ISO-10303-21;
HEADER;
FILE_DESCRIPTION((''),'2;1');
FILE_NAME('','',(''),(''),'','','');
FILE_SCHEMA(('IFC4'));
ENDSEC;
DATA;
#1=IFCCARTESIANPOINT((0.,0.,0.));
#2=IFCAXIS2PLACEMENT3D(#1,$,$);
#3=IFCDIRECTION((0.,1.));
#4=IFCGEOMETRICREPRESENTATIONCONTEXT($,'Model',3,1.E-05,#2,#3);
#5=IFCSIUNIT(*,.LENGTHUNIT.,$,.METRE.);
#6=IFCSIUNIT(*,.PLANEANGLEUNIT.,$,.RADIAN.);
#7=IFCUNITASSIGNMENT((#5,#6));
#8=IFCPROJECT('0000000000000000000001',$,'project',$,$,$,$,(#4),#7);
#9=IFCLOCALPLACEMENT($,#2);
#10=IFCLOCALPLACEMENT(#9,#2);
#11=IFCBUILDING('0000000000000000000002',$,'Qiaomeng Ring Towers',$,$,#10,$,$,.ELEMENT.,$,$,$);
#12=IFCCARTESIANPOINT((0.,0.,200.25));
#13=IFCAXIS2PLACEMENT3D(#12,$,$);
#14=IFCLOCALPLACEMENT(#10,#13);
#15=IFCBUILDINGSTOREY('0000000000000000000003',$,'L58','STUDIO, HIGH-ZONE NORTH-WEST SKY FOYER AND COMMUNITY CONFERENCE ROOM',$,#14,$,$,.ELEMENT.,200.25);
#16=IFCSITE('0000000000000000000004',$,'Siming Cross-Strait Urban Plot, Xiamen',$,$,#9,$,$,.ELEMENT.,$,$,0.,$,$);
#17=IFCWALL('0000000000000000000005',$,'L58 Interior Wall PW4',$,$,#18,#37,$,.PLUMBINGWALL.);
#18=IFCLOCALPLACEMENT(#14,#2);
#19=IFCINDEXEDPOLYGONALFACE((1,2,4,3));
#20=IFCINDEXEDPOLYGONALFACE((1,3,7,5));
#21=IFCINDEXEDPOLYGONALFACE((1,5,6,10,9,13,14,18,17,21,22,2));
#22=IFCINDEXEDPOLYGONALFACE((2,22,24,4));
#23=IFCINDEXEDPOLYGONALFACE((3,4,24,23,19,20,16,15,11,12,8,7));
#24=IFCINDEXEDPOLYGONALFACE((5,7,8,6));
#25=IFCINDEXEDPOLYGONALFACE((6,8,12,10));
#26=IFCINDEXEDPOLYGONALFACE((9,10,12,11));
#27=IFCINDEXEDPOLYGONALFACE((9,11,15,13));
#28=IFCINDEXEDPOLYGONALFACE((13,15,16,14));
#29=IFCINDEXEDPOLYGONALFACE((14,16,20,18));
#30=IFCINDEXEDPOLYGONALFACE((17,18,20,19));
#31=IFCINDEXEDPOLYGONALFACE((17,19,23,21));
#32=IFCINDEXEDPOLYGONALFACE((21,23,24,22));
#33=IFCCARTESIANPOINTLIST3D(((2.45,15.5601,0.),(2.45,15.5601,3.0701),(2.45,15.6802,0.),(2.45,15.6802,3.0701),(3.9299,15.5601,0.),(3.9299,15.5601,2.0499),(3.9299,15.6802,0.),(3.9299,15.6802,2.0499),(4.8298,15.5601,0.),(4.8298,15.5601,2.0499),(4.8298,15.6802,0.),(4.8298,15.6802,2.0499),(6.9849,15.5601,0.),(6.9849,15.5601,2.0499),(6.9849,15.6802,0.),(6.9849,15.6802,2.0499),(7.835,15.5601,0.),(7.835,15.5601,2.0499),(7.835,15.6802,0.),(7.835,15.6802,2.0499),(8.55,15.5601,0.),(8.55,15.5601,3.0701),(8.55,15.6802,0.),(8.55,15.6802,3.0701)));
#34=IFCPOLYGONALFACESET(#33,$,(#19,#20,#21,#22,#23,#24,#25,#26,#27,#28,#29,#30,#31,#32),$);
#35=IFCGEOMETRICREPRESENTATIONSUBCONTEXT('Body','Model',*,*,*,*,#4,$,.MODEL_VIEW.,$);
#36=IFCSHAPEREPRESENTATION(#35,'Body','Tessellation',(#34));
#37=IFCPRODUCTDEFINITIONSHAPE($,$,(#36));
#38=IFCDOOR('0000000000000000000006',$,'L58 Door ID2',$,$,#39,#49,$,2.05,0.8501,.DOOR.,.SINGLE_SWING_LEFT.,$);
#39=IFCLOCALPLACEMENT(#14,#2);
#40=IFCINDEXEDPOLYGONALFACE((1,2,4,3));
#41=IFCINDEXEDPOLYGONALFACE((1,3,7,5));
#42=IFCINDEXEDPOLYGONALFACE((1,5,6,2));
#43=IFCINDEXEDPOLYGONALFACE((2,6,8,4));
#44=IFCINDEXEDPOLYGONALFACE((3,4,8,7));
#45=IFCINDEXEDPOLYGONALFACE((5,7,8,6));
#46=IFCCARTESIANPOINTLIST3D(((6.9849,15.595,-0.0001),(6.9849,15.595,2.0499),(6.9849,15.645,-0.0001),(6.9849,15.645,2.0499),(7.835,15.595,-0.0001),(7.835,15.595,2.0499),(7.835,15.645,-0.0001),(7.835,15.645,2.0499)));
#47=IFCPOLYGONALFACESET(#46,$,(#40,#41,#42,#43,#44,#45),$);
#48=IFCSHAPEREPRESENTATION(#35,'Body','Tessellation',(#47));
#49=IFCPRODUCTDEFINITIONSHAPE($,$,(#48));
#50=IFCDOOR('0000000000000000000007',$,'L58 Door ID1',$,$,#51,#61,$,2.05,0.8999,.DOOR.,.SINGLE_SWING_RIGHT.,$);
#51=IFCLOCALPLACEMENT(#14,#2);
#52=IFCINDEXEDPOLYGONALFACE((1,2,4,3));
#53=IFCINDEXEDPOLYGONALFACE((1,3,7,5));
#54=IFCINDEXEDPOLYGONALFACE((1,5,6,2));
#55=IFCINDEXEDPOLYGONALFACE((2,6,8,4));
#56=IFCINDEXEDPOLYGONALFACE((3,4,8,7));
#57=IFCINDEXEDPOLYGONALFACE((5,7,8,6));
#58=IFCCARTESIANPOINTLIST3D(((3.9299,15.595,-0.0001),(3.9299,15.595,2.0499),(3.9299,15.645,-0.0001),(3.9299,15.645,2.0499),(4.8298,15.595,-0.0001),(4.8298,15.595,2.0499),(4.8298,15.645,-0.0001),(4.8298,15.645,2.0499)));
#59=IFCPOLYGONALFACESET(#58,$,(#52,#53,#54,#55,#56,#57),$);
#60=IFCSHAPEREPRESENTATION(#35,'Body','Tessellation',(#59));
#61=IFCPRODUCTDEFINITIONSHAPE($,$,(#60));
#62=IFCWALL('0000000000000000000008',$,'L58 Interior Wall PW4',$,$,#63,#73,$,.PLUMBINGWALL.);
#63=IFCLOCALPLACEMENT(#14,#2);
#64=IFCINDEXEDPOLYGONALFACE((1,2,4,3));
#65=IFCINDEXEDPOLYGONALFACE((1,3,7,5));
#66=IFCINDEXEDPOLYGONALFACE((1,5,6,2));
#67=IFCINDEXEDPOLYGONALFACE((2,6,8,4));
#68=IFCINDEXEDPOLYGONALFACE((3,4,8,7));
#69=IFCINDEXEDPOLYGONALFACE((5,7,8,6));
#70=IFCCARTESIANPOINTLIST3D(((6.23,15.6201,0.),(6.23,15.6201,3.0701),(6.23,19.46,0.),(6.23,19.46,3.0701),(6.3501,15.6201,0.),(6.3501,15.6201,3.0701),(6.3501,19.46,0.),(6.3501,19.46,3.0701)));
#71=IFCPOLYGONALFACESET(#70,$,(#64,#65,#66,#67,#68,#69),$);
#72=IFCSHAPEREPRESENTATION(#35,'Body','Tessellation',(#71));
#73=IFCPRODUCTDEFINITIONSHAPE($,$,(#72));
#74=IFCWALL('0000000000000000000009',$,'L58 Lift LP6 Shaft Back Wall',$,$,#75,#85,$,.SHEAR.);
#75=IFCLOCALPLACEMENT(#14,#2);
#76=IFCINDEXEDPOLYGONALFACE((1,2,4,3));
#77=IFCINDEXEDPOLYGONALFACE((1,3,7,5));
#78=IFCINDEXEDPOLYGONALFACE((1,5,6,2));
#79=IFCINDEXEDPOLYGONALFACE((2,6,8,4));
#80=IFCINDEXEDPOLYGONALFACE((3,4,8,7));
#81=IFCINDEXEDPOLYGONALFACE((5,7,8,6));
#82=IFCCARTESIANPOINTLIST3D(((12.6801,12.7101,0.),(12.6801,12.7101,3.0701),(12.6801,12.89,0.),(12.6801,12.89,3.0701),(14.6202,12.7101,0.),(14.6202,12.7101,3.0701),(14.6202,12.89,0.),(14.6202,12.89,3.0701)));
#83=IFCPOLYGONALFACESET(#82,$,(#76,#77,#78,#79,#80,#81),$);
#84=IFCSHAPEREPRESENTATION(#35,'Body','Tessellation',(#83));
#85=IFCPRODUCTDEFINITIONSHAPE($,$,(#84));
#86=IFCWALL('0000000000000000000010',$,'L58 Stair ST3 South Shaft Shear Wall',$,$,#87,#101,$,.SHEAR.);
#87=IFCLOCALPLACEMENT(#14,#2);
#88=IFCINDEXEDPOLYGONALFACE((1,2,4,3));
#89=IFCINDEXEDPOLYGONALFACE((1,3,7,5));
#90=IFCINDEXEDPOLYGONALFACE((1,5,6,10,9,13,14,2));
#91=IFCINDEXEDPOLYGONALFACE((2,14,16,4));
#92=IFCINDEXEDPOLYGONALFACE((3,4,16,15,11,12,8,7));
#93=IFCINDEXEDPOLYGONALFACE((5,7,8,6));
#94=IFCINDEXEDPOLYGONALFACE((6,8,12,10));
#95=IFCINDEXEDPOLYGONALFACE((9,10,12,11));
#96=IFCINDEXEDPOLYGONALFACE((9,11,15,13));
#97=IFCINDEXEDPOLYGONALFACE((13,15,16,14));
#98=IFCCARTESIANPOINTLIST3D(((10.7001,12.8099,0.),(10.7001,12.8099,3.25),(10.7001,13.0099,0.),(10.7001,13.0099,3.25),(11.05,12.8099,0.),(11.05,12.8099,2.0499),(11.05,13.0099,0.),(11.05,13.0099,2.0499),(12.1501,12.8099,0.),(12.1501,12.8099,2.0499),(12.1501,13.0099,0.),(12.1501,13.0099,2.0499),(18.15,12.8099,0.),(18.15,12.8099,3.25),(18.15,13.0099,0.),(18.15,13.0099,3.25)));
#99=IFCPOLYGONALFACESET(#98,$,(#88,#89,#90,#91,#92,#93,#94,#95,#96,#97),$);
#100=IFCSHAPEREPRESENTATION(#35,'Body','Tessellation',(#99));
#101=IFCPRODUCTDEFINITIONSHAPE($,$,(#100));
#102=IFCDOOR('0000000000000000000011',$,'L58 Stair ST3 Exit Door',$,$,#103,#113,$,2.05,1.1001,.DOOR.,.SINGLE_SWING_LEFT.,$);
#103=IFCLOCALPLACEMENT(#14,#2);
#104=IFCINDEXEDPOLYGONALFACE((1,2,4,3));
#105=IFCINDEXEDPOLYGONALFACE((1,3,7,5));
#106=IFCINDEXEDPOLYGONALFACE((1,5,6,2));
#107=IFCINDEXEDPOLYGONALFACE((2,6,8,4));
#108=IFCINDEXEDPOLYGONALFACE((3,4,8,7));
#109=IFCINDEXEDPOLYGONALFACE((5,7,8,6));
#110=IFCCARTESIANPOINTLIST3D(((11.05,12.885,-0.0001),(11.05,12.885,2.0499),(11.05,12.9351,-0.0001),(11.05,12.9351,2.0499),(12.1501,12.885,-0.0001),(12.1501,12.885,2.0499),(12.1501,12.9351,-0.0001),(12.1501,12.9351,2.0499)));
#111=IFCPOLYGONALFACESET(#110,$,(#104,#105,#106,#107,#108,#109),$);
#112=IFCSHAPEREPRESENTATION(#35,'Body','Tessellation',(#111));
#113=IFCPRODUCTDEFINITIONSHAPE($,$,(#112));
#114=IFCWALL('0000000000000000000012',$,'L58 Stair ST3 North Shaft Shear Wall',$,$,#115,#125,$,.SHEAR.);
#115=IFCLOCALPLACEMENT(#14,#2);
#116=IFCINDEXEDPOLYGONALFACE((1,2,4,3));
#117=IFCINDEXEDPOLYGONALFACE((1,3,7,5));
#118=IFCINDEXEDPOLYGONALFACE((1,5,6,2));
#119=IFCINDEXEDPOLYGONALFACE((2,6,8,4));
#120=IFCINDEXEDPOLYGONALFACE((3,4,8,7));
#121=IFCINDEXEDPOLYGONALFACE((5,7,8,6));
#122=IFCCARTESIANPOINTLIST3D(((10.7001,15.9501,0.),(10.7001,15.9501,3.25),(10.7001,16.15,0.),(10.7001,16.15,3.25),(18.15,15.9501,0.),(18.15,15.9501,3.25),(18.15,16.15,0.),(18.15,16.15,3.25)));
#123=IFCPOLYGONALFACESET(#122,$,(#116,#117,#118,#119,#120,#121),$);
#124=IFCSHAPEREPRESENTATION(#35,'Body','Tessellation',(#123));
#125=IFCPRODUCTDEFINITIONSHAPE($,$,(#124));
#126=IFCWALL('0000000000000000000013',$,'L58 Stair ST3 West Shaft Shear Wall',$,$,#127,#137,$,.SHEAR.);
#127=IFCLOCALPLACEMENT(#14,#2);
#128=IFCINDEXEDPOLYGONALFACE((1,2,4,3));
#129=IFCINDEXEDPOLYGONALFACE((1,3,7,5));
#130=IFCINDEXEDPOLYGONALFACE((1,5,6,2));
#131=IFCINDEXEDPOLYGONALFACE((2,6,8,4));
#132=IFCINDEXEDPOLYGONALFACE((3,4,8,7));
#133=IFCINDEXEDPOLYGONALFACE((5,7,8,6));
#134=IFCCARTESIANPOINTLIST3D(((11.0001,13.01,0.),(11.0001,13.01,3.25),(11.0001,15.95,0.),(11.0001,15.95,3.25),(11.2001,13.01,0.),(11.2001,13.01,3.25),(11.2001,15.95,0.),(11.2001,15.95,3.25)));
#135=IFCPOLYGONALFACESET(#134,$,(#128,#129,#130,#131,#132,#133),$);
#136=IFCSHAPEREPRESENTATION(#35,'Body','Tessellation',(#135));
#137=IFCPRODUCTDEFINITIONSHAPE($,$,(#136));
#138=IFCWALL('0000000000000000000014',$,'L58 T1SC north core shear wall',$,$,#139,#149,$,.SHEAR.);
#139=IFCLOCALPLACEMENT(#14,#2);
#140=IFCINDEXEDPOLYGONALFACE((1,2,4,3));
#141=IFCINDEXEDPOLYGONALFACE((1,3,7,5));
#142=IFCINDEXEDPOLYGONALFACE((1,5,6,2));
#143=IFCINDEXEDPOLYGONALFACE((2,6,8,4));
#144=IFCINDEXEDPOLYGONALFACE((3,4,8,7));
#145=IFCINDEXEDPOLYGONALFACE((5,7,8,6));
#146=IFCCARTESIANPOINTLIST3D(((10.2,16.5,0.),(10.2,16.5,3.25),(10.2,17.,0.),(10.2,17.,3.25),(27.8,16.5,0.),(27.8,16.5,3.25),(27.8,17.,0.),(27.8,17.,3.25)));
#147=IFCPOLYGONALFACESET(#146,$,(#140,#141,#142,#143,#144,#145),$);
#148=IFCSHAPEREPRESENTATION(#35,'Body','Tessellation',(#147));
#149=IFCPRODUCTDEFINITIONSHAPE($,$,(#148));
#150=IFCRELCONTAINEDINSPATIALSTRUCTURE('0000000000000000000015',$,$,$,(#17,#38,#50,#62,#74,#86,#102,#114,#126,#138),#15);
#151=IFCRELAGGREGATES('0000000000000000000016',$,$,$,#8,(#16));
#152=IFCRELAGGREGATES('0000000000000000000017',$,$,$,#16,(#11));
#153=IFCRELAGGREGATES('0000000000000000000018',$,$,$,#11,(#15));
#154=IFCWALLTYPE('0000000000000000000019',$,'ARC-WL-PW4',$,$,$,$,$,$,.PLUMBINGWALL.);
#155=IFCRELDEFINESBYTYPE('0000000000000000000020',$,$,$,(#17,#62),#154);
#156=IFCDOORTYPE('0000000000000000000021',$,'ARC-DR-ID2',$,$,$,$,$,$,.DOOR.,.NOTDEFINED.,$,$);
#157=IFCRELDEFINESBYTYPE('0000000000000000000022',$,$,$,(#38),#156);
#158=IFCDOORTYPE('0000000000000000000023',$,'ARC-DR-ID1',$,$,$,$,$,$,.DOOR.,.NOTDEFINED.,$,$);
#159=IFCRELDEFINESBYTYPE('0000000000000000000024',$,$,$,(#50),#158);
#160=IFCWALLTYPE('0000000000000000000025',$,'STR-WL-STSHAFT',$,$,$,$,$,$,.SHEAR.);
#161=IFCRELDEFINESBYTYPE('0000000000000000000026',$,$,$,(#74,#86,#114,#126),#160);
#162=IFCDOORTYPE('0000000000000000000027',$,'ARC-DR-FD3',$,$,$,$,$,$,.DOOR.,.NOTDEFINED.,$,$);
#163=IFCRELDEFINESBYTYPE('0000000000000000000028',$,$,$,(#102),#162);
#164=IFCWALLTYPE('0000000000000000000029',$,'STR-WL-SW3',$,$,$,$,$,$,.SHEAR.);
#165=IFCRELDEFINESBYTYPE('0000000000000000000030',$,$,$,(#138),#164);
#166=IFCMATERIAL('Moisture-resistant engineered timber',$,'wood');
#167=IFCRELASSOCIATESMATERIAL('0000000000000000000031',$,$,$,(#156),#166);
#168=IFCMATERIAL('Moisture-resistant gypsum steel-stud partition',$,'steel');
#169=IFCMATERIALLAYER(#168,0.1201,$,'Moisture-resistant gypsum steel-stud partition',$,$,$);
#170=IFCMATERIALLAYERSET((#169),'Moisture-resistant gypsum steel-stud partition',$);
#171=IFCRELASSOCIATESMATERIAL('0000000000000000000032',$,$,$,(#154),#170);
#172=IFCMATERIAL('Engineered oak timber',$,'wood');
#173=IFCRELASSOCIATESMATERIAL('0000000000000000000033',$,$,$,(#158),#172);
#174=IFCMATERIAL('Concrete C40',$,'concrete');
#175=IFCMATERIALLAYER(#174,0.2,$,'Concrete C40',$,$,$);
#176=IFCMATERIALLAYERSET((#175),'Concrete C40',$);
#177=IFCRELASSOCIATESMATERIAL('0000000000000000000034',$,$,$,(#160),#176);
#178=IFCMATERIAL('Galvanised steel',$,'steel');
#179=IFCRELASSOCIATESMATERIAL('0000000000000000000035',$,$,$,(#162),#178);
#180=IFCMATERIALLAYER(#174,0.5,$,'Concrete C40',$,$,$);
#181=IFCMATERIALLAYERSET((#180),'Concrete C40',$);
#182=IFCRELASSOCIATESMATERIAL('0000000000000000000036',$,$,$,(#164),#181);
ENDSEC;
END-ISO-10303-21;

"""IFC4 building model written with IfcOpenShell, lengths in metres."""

from ifc_helpers import new_model, si_unit, direction, frame, frame_2d, origin, place, context, subcontext, project, spatial, rectangle, extrude, source, transform, mapped, material, layer, layer_set, type_object, element, fill, save


model = new_model("IFC4")

# Units and contexts
model_context = context("Model", 3, precision=1e-05, world=origin(), true_north=direction((0.0, 1.0)))
body_context = subcontext(model_context, "Body", "Model", "MODEL_VIEW")
ifc_project = project(units=[si_unit("LENGTHUNIT", "METRE"), si_unit("PLANEANGLEUNIT", "RADIAN")], contexts=[model_context])

# Site, building, storey
site_placement = place(None, origin())
site = spatial("IfcSite", under=ifc_project, at=site_placement, Name="Siming Cross-Strait Urban Plot, Xiamen", CompositionType="ELEMENT", RefElevation=0.0)
building_placement = place(site_placement, origin())
building = spatial("IfcBuilding", under=site, at=building_placement, Name="Qiaomeng Ring Towers", CompositionType="ELEMENT")
storey_placement = place(building_placement, frame((0.0, 0.0, 200.25)))
storey = spatial("IfcBuildingStorey", under=building, at=storey_placement, Name="L58", Description="STUDIO, HIGH-ZONE NORTH-WEST SKY FOYER AND COMMUNITY CONFERENCE ROOM", CompositionType="ELEMENT", Elevation=200.25)

# Shared definitions
ifc_material_1 = material(Name="Concrete C40", Category="concrete")

# Shared definitions
ifc_material_2 = material(Name="Moisture-resistant engineered timber", Category="wood")
door_type_1 = type_object("IfcDoorType", Name="ARC-DR-ID2", OperationType="NOTDEFINED", PredefinedType="DOOR", material=ifc_material_2)
shared_shape_1 = source(origin(), body_context, "Body", "SweptSolid", [
    extrude(rectangle(XDim=0.8501, YDim=2.05, at=frame_2d((0.425, 1.0249))), frame((0.0, 0.0249, 0.0), z_axis=(0.0, -1.0, 0.0), x_axis=(1.0, 0.0, 0.0)), (0.0, 0.0, 1.0), 0.05),
])

# Wall, openings, doors
ifc_material_3 = material(Name="Moisture-resistant gypsum steel-stud partition", Category="steel")
ifc_layer_1 = layer(ifc_material_3, 0.1201, Name="Moisture-resistant gypsum steel-stud partition")
ifc_layer_set_1 = layer_set([ifc_layer_1], Name="Moisture-resistant gypsum steel-stud partition")
wall_type_1 = type_object("IfcWallType", Name="ARC-WL-PW4", PredefinedType="PLUMBINGWALL", material=ifc_layer_set_1)
wall_1_placement = place(storey_placement, frame((2.45, 15.6201, 0.0), z_axis=(0.0, 0.0, 1.0), x_axis=(1.0, 0.0, 0.0)))
wall_1 = element("IfcWall", 1, at=wall_1_placement, inside=storey, type_object=wall_type_1, Name="L58 Interior Wall PW4", PredefinedType="PLUMBINGWALL", context=body_context, shape_type="SweptSolid", body=[
    extrude(rectangle(XDim=6.1001, YDim=0.1201, at=frame_2d((3.05, 0.0))), origin(), (0.0, 0.0, 1.0), 3.0701),
])
opening_1_placement = place(wall_1_placement, frame((1.48, 0.0, 0.0)))
opening_1 = element("IfcOpeningElement", 2, at=opening_1_placement, cuts=wall_1, PredefinedType="OPENING", context=body_context, shape_type="SweptSolid", body=[
    extrude(rectangle(XDim=0.8999, YDim=2.05, at=frame_2d((0.45, 1.0249))), frame((0.0, 0.0701, 0.0), z_axis=(0.0, -1.0, 0.0), x_axis=(1.0, 0.0, 0.0)), (0.0, 0.0, 1.0), 0.1401),
])
opening_2_placement = place(wall_1_placement, frame((4.5349, 0.0, 0.0)))
opening_2 = element("IfcOpeningElement", 3, at=opening_2_placement, cuts=wall_1, PredefinedType="OPENING", context=body_context, shape_type="SweptSolid", body=[
    extrude(rectangle(XDim=0.8501, YDim=2.05, at=frame_2d((0.425, 1.0249))), frame((0.0, 0.0701, 0.0), z_axis=(0.0, -1.0, 0.0), x_axis=(1.0, 0.0, 0.0)), (0.0, 0.0, 1.0), 0.1401),
])
door_1_placement = place(opening_2_placement, origin())
door_1 = element("IfcDoor", 4, at=door_1_placement, inside=storey, type_object=door_type_1, Name="L58 Door ID2", OperationType="SINGLE_SWING_LEFT", OverallHeight=2.05, OverallWidth=0.8501, PredefinedType="DOOR", context=body_context, shape_type="MappedRepresentation", body=[
    mapped(shared_shape_1, transform((0.0, 0.0, 0.0), x_axis=(1.0, 0.0, 0.0), y_axis=(0.0, 1.0, 0.0), z_axis=(0.0, 0.0, 1.0), scale=1.0)),
])
fill(opening_2, door_1)
ifc_material_4 = material(Name="Engineered oak timber", Category="wood")
door_type_2 = type_object("IfcDoorType", Name="ARC-DR-ID1", OperationType="NOTDEFINED", PredefinedType="DOOR", material=ifc_material_4)
shared_shape_2 = source(origin(), body_context, "Body", "SweptSolid", [
    extrude(rectangle(XDim=0.8999, YDim=2.05, at=frame_2d((0.45, 1.0249))), frame((0.0, 0.0249, 0.0), z_axis=(0.0, -1.0, 0.0), x_axis=(1.0, 0.0, 0.0)), (0.0, 0.0, 1.0), 0.05),
])
door_2_placement = place(opening_1_placement, origin())
door_2 = element("IfcDoor", 5, at=door_2_placement, inside=storey, type_object=door_type_2, Name="L58 Door ID1", OperationType="SINGLE_SWING_RIGHT", OverallHeight=2.05, OverallWidth=0.8999, PredefinedType="DOOR", context=body_context, shape_type="MappedRepresentation", body=[
    mapped(shared_shape_2, transform((0.0, 0.0, 0.0), x_axis=(1.0, 0.0, 0.0), y_axis=(0.0, 1.0, 0.0), z_axis=(0.0, 0.0, 1.0), scale=1.0)),
])
fill(opening_1, door_2)

# Walls
wall_2_placement = place(storey_placement, frame((6.29, 15.6201, 0.0), z_axis=(0.0, 0.0, 1.0), x_axis=(0.0, 1.0, 0.0)))
element("IfcWall", 6, at=wall_2_placement, inside=storey, type_object=wall_type_1, Name="L58 Interior Wall PW4", PredefinedType="PLUMBINGWALL", context=body_context, shape_type="SweptSolid", body=[
    extrude(rectangle(XDim=3.8398, YDim=0.1201, at=frame_2d((1.9199, 0.0))), origin(), (0.0, 0.0, 1.0), 3.0701),
])
ifc_layer_2 = layer(ifc_material_1, 0.2, Name="Concrete C40")
ifc_layer_set_2 = layer_set([ifc_layer_2], Name="Concrete C40")
wall_type_2 = type_object("IfcWallType", Name="STR-WL-STSHAFT", PredefinedType="SHEAR", material=ifc_layer_set_2)
wall_3_placement = place(storey_placement, frame((12.6799, 12.8, 0.0), z_axis=(0.0, 0.0, 1.0), x_axis=(1.0, 0.0, 0.0)))
element("IfcWall", 7, at=wall_3_placement, inside=storey, type_object=wall_type_2, Name="L58 Lift LP6 Shaft Back Wall", PredefinedType="SHEAR", context=body_context, shape_type="SweptSolid", body=[
    extrude(rectangle(XDim=1.9402, YDim=0.1799, at=frame_2d((0.9702, 0.0))), origin(), (0.0, 0.0, 1.0), 3.0701),
])

# Wall, opening, door
wall_4_placement = place(storey_placement, frame((10.7, 12.9099, 0.0), z_axis=(0.0, 0.0, 1.0), x_axis=(1.0, 0.0, 0.0)))
wall_4 = element("IfcWall", 8, at=wall_4_placement, inside=storey, type_object=wall_type_2, Name="L58 Stair ST3 South Shaft Shear Wall", PredefinedType="SHEAR", context=body_context, shape_type="SweptSolid", body=[
    extrude(rectangle(XDim=7.45, YDim=0.2, at=frame_2d((3.7251, 0.0))), origin(), (0.0, 0.0, 1.0), 3.25),
])
opening_3_placement = place(wall_4_placement, frame((0.3501, 0.0, 0.0)))
opening_3 = element("IfcOpeningElement", 9, at=opening_3_placement, cuts=wall_4, PredefinedType="OPENING", context=body_context, shape_type="SweptSolid", body=[
    extrude(rectangle(XDim=1.1001, YDim=2.05, at=frame_2d((0.55, 1.0249))), frame((0.0, 0.1099, 0.0), z_axis=(0.0, -1.0, 0.0), x_axis=(1.0, 0.0, 0.0)), (0.0, 0.0, 1.0), 0.22),
])
ifc_material_5 = material(Name="Galvanised steel", Category="steel")
door_type_3 = type_object("IfcDoorType", Name="ARC-DR-FD3", OperationType="NOTDEFINED", PredefinedType="DOOR", material=ifc_material_5)
shared_shape_3 = source(origin(), body_context, "Body", "SweptSolid", [
    extrude(rectangle(XDim=1.1001, YDim=2.05, at=frame_2d((0.55, 1.0249))), frame((0.0, 0.0249, 0.0), z_axis=(0.0, -1.0, 0.0), x_axis=(1.0, 0.0, 0.0)), (0.0, 0.0, 1.0), 0.05),
])
door_3_placement = place(opening_3_placement, frame((1.1001, 0.0, 0.0), z_axis=(0.0, 0.0, 1.0), x_axis=(-1.0, 0.0, 0.0)))
door_3 = element("IfcDoor", 10, at=door_3_placement, inside=storey, type_object=door_type_3, Name="L58 Stair ST3 Exit Door", OperationType="SINGLE_SWING_LEFT", OverallHeight=2.05, OverallWidth=1.1001, PredefinedType="DOOR", context=body_context, shape_type="MappedRepresentation", body=[
    mapped(shared_shape_3, transform((0.0, 0.0, 0.0), x_axis=(1.0, 0.0, 0.0), y_axis=(0.0, 1.0, 0.0), z_axis=(0.0, 0.0, 1.0), scale=1.0)),
])
fill(opening_3, door_3)

# Walls
wall_5_placement = place(storey_placement, frame((10.7, 16.05, 0.0), z_axis=(0.0, 0.0, 1.0), x_axis=(1.0, 0.0, 0.0)))
element("IfcWall", 11, at=wall_5_placement, inside=storey, type_object=wall_type_2, Name="L58 Stair ST3 North Shaft Shear Wall", PredefinedType="SHEAR", context=body_context, shape_type="SweptSolid", body=[
    extrude(rectangle(XDim=7.45, YDim=0.2, at=frame_2d((3.7251, 0.0))), origin(), (0.0, 0.0, 1.0), 3.25),
])
wall_6_placement = place(storey_placement, frame((11.1001, 13.01, 0.0), z_axis=(0.0, 0.0, 1.0), x_axis=(0.0, 1.0, 0.0)))
element("IfcWall", 12, at=wall_6_placement, inside=storey, type_object=wall_type_2, Name="L58 Stair ST3 West Shaft Shear Wall", PredefinedType="SHEAR", context=body_context, shape_type="SweptSolid", body=[
    extrude(rectangle(XDim=2.9399, YDim=0.2, at=frame_2d((1.47, 0.0))), origin(), (0.0, 0.0, 1.0), 3.25),
])
ifc_layer_3 = layer(ifc_material_1, 0.5, Name="Concrete C40")
ifc_layer_set_3 = layer_set([ifc_layer_3], Name="Concrete C40")
wall_type_3 = type_object("IfcWallType", Name="STR-WL-SW3", PredefinedType="SHEAR", material=ifc_layer_set_3)
wall_7_placement = place(storey_placement, frame((10.2, 16.75, 0.0), z_axis=(0.0, 0.0, 1.0), x_axis=(1.0, 0.0, 0.0)))
element("IfcWall", 13, at=wall_7_placement, inside=storey, type_object=wall_type_3, Name="L58 T1SC north core shear wall", PredefinedType="SHEAR", context=body_context, shape_type="SweptSolid", body=[
    extrude(rectangle(XDim=17.6001, YDim=0.5, at=frame_2d((8.8, 0.0))), origin(), (0.0, 0.0, 1.0), 3.25),
])

save(model, "model.ifc")
